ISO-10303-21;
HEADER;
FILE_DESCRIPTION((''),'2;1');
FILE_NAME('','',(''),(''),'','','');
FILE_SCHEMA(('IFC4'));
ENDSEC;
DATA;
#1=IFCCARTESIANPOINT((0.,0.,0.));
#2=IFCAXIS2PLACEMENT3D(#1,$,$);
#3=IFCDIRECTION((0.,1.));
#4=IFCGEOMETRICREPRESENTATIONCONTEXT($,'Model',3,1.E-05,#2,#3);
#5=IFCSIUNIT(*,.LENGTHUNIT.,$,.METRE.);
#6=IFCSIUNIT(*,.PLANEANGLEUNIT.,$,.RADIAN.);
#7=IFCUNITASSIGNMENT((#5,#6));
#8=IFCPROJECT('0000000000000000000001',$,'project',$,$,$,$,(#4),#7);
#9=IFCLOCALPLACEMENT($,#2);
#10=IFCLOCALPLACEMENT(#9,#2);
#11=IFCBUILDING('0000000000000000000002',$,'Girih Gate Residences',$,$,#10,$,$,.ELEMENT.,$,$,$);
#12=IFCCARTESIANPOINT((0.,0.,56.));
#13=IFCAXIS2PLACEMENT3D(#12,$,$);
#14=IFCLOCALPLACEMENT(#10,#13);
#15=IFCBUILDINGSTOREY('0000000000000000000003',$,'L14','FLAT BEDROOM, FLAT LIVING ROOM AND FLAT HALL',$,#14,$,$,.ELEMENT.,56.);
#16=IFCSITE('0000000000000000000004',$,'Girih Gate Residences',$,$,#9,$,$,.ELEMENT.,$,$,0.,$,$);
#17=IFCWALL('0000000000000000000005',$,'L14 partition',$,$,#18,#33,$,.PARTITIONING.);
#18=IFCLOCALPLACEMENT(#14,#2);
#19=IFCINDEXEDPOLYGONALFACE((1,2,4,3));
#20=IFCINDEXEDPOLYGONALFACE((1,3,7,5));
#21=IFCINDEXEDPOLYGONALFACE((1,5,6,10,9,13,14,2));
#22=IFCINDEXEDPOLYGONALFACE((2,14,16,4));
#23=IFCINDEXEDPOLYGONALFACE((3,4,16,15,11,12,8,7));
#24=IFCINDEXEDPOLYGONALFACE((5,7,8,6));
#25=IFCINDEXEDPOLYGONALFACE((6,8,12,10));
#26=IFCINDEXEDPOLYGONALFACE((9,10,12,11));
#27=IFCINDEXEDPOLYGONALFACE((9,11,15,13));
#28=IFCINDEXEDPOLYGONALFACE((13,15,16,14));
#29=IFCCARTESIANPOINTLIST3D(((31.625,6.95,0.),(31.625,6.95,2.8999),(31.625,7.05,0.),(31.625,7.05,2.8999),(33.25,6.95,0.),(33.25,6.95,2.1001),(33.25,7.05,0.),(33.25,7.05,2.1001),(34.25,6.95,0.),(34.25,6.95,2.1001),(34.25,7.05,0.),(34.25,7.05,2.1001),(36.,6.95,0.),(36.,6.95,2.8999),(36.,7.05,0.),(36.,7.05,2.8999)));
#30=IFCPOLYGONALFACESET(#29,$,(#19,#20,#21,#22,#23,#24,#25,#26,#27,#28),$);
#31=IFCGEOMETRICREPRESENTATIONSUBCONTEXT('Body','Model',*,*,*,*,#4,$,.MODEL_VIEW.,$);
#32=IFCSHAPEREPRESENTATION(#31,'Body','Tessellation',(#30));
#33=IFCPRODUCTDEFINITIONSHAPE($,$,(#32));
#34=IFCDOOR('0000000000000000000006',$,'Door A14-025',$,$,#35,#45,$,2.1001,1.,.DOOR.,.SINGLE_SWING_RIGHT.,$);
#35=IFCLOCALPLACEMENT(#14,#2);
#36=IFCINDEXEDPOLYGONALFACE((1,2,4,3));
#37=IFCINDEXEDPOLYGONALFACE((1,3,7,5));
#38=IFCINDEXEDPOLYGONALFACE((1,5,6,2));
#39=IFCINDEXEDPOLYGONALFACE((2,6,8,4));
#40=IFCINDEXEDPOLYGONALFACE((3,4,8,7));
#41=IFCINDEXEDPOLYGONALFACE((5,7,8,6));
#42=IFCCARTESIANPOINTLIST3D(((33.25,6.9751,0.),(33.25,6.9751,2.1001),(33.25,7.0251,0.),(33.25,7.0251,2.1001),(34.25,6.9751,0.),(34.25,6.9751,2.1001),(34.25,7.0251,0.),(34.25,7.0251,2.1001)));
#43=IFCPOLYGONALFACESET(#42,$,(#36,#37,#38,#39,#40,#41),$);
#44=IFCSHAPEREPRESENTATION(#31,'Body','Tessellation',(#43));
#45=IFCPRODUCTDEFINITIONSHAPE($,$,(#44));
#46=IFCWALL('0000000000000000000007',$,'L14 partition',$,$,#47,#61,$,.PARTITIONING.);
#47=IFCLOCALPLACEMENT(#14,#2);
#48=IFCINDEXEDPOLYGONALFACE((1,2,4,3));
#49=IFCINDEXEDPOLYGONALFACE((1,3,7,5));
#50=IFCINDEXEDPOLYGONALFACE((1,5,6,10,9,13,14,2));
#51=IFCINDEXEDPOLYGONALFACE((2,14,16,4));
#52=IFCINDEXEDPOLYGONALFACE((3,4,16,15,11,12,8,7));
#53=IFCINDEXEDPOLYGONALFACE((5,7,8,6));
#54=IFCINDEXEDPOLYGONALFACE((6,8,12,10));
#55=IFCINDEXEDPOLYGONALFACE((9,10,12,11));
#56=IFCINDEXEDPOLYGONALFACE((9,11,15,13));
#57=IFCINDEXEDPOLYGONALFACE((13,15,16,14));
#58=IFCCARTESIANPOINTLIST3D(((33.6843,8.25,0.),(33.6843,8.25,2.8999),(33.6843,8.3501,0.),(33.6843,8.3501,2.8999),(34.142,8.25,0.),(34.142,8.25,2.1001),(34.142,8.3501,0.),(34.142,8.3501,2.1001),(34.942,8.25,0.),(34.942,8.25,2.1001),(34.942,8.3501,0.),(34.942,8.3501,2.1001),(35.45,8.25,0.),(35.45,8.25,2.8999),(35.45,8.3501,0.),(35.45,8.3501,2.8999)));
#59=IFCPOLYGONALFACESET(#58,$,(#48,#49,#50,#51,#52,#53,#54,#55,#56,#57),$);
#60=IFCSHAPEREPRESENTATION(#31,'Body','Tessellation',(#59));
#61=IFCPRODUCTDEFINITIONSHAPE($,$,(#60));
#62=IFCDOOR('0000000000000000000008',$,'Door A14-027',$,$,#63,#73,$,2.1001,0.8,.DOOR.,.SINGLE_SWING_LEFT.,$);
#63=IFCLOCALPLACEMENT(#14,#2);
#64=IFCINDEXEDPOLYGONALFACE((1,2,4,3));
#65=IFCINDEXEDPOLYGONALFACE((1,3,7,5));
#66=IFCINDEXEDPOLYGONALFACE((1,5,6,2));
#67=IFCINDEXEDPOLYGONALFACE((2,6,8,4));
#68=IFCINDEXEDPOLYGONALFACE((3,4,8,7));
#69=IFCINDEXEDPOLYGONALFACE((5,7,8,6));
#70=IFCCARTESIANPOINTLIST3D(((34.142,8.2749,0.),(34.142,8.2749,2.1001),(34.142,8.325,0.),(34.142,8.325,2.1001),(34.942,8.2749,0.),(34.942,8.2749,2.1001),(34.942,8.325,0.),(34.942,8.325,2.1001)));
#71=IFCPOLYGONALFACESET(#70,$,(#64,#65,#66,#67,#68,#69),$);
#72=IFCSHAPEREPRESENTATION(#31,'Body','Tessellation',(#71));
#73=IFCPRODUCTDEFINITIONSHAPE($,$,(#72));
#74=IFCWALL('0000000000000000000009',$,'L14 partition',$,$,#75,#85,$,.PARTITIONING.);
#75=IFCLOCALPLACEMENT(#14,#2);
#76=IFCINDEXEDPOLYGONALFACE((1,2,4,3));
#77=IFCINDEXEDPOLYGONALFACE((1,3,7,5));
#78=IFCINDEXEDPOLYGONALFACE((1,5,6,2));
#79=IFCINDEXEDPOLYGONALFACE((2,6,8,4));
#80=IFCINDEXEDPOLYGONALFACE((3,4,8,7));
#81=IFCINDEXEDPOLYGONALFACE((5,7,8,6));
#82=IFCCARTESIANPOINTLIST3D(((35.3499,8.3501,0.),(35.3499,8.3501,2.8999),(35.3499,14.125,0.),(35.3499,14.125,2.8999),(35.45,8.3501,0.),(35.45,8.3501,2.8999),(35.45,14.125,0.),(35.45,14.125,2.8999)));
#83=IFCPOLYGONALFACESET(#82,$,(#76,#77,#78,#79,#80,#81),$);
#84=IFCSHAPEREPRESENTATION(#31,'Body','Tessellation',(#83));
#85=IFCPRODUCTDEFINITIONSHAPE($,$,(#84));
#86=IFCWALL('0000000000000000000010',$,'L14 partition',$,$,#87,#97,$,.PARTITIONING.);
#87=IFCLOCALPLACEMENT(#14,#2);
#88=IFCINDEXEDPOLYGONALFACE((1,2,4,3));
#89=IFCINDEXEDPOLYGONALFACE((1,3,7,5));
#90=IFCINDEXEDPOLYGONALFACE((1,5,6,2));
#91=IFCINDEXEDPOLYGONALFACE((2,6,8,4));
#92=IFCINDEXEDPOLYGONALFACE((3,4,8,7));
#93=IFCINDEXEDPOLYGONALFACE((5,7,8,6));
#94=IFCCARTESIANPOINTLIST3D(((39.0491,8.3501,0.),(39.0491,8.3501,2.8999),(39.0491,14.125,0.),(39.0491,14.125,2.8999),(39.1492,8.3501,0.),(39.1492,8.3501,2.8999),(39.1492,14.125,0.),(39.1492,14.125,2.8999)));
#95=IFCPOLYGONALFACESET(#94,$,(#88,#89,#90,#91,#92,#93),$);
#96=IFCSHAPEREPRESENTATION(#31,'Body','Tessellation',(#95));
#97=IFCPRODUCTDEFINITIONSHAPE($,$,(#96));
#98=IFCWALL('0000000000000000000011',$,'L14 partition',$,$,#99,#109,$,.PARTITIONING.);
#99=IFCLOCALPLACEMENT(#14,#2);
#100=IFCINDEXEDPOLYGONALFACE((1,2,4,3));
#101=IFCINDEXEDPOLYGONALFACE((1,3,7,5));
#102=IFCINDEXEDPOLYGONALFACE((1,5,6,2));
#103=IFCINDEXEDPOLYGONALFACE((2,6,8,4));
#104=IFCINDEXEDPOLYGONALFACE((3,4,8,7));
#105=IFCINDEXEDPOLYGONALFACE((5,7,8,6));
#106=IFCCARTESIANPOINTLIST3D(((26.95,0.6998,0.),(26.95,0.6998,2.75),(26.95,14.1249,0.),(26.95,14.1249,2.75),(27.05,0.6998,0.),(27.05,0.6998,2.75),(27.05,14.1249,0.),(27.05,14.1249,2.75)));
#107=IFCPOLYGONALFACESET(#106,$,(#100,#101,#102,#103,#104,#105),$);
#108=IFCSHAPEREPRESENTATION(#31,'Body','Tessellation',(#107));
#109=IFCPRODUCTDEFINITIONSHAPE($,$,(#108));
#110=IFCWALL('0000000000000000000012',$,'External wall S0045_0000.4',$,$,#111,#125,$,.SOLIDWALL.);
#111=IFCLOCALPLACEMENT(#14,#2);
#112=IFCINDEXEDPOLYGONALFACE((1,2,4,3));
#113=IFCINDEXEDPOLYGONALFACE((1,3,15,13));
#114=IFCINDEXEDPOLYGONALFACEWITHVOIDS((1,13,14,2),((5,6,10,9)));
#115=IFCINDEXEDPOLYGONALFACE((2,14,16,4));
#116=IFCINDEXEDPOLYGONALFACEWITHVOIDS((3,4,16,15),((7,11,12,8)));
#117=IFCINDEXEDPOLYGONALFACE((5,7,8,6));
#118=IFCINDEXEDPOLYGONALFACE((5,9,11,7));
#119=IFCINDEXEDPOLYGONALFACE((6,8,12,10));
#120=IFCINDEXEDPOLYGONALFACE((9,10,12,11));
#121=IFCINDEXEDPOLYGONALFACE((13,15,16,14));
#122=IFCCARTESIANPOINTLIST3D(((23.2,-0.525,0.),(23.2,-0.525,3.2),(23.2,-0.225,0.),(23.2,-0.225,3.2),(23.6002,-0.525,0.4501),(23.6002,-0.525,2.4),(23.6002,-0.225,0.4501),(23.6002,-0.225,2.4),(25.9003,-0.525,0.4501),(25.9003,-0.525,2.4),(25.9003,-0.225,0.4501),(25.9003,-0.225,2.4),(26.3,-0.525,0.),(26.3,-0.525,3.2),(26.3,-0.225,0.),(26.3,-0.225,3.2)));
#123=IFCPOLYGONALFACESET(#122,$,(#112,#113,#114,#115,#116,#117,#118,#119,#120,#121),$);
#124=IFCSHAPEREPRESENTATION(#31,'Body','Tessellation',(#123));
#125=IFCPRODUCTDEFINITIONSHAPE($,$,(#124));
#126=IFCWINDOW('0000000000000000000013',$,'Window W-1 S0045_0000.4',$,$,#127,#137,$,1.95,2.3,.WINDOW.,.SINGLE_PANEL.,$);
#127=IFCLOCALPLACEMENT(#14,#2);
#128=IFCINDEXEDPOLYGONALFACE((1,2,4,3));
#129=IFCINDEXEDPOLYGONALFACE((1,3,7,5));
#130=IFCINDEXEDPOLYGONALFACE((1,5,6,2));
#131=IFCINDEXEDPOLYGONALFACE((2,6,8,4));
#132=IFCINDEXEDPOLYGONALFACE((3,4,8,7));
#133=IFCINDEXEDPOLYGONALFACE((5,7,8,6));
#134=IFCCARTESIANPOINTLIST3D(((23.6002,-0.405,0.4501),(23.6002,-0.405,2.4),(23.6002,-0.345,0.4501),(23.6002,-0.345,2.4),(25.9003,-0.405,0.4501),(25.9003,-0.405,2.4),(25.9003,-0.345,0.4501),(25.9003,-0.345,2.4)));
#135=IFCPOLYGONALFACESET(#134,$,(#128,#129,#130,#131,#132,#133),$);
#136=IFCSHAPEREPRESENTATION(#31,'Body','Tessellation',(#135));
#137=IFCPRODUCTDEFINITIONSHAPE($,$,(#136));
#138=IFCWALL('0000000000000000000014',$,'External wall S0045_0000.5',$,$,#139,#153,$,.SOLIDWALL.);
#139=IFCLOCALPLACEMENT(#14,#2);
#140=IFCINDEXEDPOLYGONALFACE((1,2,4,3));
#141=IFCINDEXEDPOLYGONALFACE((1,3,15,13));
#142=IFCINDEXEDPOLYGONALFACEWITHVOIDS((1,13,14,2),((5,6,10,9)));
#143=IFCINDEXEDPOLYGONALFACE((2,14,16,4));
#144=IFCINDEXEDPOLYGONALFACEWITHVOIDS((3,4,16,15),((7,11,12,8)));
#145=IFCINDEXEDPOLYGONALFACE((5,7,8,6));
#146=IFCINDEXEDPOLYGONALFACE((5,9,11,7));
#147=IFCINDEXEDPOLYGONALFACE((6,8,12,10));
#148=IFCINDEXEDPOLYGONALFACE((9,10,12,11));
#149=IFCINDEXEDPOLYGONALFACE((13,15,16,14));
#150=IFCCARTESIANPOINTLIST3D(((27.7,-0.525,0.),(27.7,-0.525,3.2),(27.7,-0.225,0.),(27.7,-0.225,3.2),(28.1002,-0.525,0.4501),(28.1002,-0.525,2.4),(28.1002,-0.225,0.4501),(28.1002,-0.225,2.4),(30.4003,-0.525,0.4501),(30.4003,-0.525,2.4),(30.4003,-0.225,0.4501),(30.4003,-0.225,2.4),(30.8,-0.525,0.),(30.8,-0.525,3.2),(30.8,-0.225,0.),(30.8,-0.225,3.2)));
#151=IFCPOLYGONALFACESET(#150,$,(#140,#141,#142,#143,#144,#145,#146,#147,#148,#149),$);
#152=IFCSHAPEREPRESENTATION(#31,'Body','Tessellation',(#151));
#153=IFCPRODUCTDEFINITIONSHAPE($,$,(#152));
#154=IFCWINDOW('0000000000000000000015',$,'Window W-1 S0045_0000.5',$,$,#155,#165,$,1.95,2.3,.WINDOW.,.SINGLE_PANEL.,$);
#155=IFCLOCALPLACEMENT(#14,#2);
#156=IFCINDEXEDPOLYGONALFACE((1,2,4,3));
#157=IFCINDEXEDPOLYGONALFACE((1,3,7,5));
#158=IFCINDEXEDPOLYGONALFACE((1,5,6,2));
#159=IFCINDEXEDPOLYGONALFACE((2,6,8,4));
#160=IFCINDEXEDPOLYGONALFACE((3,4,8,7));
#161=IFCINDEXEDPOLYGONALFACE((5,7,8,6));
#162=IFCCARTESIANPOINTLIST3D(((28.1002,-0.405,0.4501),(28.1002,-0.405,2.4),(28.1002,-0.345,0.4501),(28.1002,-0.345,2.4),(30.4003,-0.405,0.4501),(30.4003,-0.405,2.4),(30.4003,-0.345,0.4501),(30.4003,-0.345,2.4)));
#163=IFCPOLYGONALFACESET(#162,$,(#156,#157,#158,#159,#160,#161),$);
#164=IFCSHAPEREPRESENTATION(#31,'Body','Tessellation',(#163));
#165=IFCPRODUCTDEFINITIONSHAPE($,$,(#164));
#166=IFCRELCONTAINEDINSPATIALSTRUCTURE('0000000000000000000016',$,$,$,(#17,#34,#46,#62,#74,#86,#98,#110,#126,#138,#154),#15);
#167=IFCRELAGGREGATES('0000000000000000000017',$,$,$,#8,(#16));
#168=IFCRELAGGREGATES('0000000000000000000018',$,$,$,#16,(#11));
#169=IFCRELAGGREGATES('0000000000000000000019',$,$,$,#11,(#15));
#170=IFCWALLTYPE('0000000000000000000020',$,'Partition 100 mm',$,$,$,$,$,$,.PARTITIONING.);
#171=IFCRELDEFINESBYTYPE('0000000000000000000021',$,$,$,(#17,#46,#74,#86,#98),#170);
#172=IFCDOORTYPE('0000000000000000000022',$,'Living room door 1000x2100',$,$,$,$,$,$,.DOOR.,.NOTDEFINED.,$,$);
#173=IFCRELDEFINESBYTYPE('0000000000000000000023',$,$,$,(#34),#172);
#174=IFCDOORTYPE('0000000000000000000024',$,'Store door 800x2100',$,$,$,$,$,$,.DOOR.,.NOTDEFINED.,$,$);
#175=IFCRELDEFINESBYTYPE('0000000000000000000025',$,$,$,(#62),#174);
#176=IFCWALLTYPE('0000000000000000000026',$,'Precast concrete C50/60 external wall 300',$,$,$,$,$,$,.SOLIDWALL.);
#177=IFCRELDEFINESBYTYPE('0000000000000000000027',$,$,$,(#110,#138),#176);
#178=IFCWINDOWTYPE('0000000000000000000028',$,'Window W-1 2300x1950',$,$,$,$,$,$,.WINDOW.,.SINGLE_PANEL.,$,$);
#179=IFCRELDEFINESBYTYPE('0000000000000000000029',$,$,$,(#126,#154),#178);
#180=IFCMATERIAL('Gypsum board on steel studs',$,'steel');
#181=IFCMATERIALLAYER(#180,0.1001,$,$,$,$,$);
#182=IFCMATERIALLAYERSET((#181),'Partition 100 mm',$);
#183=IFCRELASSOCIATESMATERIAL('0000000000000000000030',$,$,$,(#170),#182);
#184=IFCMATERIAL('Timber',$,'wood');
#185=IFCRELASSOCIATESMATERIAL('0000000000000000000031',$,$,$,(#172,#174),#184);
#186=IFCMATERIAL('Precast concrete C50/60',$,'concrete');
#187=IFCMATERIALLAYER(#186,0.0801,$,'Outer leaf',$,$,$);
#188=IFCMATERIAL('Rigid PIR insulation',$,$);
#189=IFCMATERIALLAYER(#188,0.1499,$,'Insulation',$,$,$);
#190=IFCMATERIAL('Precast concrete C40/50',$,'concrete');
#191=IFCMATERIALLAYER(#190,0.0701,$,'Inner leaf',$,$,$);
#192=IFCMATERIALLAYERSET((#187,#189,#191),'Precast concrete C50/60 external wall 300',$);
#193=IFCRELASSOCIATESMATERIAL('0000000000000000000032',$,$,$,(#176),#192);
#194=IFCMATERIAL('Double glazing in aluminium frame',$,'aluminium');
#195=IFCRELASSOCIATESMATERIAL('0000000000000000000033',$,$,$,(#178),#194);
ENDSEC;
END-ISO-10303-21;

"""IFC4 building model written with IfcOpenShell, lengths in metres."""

from ifc_helpers import new_model, si_unit, direction, frame, frame_2d, origin, place, context, subcontext, project, spatial, rectangle, extrude, material, layer, layer_set, type_object, element, fill, save


model = new_model("IFC4")

# Units and contexts
model_context = context("Model", 3, precision=1e-05, world=origin(), true_north=direction((0.0, 1.0)))
body_context = subcontext(model_context, "Body", "Model", "MODEL_VIEW")
ifc_project = project(units=[si_unit("LENGTHUNIT", "METRE"), si_unit("PLANEANGLEUNIT", "RADIAN")], contexts=[model_context])

# Site, building, storey
site_placement = place(None, origin())
site = spatial("IfcSite", under=ifc_project, at=site_placement, Name="Girih Gate Residences", CompositionType="ELEMENT", RefElevation=0.0)
building_placement = place(site_placement, origin())
building = spatial("IfcBuilding", under=site, at=building_placement, Name="Girih Gate Residences", CompositionType="ELEMENT")
storey_placement = place(building_placement, frame((0.0, 0.0, 56.0)))
storey = spatial("IfcBuildingStorey", under=building, at=storey_placement, Name="L14", Description="FLAT BEDROOM, FLAT LIVING ROOM AND FLAT HALL", CompositionType="ELEMENT", Elevation=56.0)

# Shared definitions
ifc_material_1 = material(Name="Gypsum board on steel studs", Category="steel")
ifc_layer_1 = layer(ifc_material_1, 0.1001)
ifc_layer_set_1 = layer_set([ifc_layer_1], Name="Partition 100 mm")
wall_type_1 = type_object("IfcWallType", Name="Partition 100 mm", PredefinedType="PARTITIONING", material=ifc_layer_set_1)

# Walls, openings, doors
ifc_material_2 = material(Name="Timber", Category="wood")
wall_1_placement = place(storey_placement, frame((36.0, 7.0, 0.0), z_axis=(0.0, 0.0, 1.0), x_axis=(-1.0, 0.0, 0.0)))
wall_1 = element("IfcWall", 1, at=wall_1_placement, inside=storey, type_object=wall_type_1, Name="L14 partition", PredefinedType="PARTITIONING", context=body_context, shape_type="SweptSolid", body=[
    extrude(rectangle(XDim=4.375, YDim=0.1001, at=frame_2d((2.1875, 0.0))), origin(), (0.0, 0.0, 1.0), 2.8999),
])
opening_1_placement = place(wall_1_placement, frame((1.75, 0.0, 0.0)))
opening_1 = element("IfcOpeningElement", 2, at=opening_1_placement, cuts=wall_1, PredefinedType="OPENING", context=body_context, shape_type="SweptSolid", body=[
    extrude(rectangle(XDim=1.0, YDim=2.1001, at=frame_2d((0.5, 1.05))), frame((0.0, 0.0601, 0.0), z_axis=(0.0, -1.0, 0.0), x_axis=(1.0, 0.0, 0.0)), (0.0, 0.0, 1.0), 0.1201),
])
door_type_1 = type_object("IfcDoorType", Name="Living room door 1000x2100", OperationType="NOTDEFINED", PredefinedType="DOOR", material=ifc_material_2)
door_1_placement = place(opening_1_placement, origin())
door_1 = element("IfcDoor", 3, at=door_1_placement, inside=storey, type_object=door_type_1, Name="Door A14-025", OperationType="SINGLE_SWING_RIGHT", OverallHeight=2.1001, OverallWidth=1.0, PredefinedType="DOOR", context=body_context, shape_type="SweptSolid", body=[
    extrude(rectangle(XDim=1.0, YDim=2.1001, at=frame_2d((0.5, 1.05))), frame((0.0, 0.0249, 0.0), z_axis=(0.0, -1.0, 0.0), x_axis=(1.0, 0.0, 0.0)), (0.0, 0.0, 1.0), 0.05),
])
fill(opening_1, door_1)
wall_2_placement = place(storey_placement, frame((33.6843, 8.3, 0.0), z_axis=(0.0, 0.0, 1.0), x_axis=(1.0, 0.0, 0.0)))
wall_2 = element("IfcWall", 4, at=wall_2_placement, inside=storey, type_object=wall_type_1, Name="L14 partition", PredefinedType="PARTITIONING", context=body_context, shape_type="SweptSolid", body=[
    extrude(rectangle(XDim=1.7656, YDim=0.1001, at=frame_2d((0.8828, 0.0))), origin(), (0.0, 0.0, 1.0), 2.8999),
])
opening_2_placement = place(wall_2_placement, frame((0.4578, 0.0, 0.0)))
opening_2 = element("IfcOpeningElement", 5, at=opening_2_placement, cuts=wall_2, PredefinedType="OPENING", context=body_context, shape_type="SweptSolid", body=[
    extrude(rectangle(XDim=0.8, YDim=2.1001, at=frame_2d((0.3999, 1.05))), frame((0.0, 0.0601, 0.0), z_axis=(0.0, -1.0, 0.0), x_axis=(1.0, 0.0, 0.0)), (0.0, 0.0, 1.0), 0.1201),
])
door_type_2 = type_object("IfcDoorType", Name="Store door 800x2100", OperationType="NOTDEFINED", PredefinedType="DOOR", material=ifc_material_2)
door_2_placement = place(opening_2_placement, origin())
door_2 = element("IfcDoor", 6, at=door_2_placement, inside=storey, type_object=door_type_2, Name="Door A14-027", OperationType="SINGLE_SWING_LEFT", OverallHeight=2.1001, OverallWidth=0.8, PredefinedType="DOOR", context=body_context, shape_type="SweptSolid", body=[
    extrude(rectangle(XDim=0.8, YDim=2.1001, at=frame_2d((0.3999, 1.05))), frame((0.0, 0.0249, 0.0), z_axis=(0.0, -1.0, 0.0), x_axis=(1.0, 0.0, 0.0)), (0.0, 0.0, 1.0), 0.05),
])
fill(opening_2, door_2)

# Walls
for number, where, z_axis, x_axis, name in (
    (7, (35.3999, 8.3501, 0.0), (0.0, 0.0, 1.0), (0.0, 1.0, 0.0), "L14 partition"),
    (8, (39.0991, 8.3501, 0.0), (0.0, 0.0, 1.0), (0.0, 1.0, 0.0), "L14 partition"),
):
    element("IfcWall", number, at=place(storey_placement, frame(where, z_axis=z_axis, x_axis=x_axis)), inside=storey, type_object=wall_type_1, Name=name, PredefinedType="PARTITIONING", context=body_context, shape_type="SweptSolid", body=[
        extrude(rectangle(XDim=5.7749, YDim=0.1001, at=frame_2d((2.8875, 0.0))), origin(), (0.0, 0.0, 1.0), 2.8999),
    ])
wall_3_placement = place(storey_placement, frame((27.0, 0.7, 0.0), z_axis=(0.0, 0.0, 1.0), x_axis=(0.0, 1.0, 0.0)))
element("IfcWall", 9, at=wall_3_placement, inside=storey, type_object=wall_type_1, Name="L14 partition", PredefinedType="PARTITIONING", context=body_context, shape_type="SweptSolid", body=[
    extrude(rectangle(XDim=13.425, YDim=0.1001, at=frame_2d((6.7124, 0.0))), origin(), (0.0, 0.0, 1.0), 2.75),
])

# Walls, openings, windows
ifc_material_3 = material(Name="Precast concrete C50/60", Category="concrete")
ifc_layer_2 = layer(ifc_material_3, 0.0801, Name="Outer leaf")
ifc_material_4 = material(Name="Rigid PIR insulation")
ifc_layer_3 = layer(ifc_material_4, 0.1499, Name="Insulation")
ifc_material_5 = material(Name="Precast concrete C40/50", Category="concrete")
ifc_layer_4 = layer(ifc_material_5, 0.0701, Name="Inner leaf")
ifc_layer_set_2 = layer_set([ifc_layer_2, ifc_layer_3, ifc_layer_4], Name="Precast concrete C50/60 external wall 300")
wall_type_2 = type_object("IfcWallType", Name="Precast concrete C50/60 external wall 300", PredefinedType="SOLIDWALL", material=ifc_layer_set_2)
wall_4_placement = place(storey_placement, frame((26.3, -0.375, 0.0), z_axis=(0.0, 0.0, 1.0), x_axis=(-1.0, 0.0, 0.0)))
wall_4 = element("IfcWall", 10, at=wall_4_placement, inside=storey, type_object=wall_type_2, Name="External wall S0045_0000.4", PredefinedType="SOLIDWALL", context=body_context, shape_type="SweptSolid", body=[
    extrude(rectangle(XDim=3.1001, YDim=0.3, at=frame_2d((1.55, 0.0))), origin(), (0.0, 0.0, 1.0), 3.2),
])
opening_3_placement = place(wall_4_placement, frame((0.3999, 0.0, 0.45)))
opening_3 = element("IfcOpeningElement", 11, at=opening_3_placement, cuts=wall_4, PredefinedType="OPENING", context=body_context, shape_type="SweptSolid", body=[
    extrude(rectangle(XDim=2.3, YDim=1.95, at=frame_2d((1.1499, 0.9751))), frame((0.0, 0.1599, 0.0), z_axis=(0.0, -1.0, 0.0), x_axis=(1.0, 0.0, 0.0)), (0.0, 0.0, 1.0), 0.3201),
])
ifc_material_6 = material(Name="Double glazing in aluminium frame", Category="aluminium")
window_type = type_object("IfcWindowType", Name="Window W-1 2300x1950", PartitioningType="SINGLE_PANEL", PredefinedType="WINDOW", material=ifc_material_6)
window_1_placement = place(opening_3_placement, origin())
window_1 = element("IfcWindow", 12, at=window_1_placement, inside=storey, type_object=window_type, Name="Window W-1 S0045_0000.4", OverallHeight=1.95, OverallWidth=2.3, PartitioningType="SINGLE_PANEL", PredefinedType="WINDOW", context=body_context, shape_type="SweptSolid", body=[
    extrude(rectangle(XDim=2.3, YDim=1.95, at=frame_2d((1.1499, 0.9751))), frame((0.0, 0.03, 0.0), z_axis=(0.0, -1.0, 0.0), x_axis=(1.0, 0.0, 0.0)), (0.0, 0.0, 1.0), 0.0601),
])
fill(opening_3, window_1)
wall_5_placement = place(storey_placement, frame((30.8, -0.375, 0.0), z_axis=(0.0, 0.0, 1.0), x_axis=(-1.0, 0.0, 0.0)))
wall_5 = element("IfcWall", 13, at=wall_5_placement, inside=storey, type_object=wall_type_2, Name="External wall S0045_0000.5", PredefinedType="SOLIDWALL", context=body_context, shape_type="SweptSolid", body=[
    extrude(rectangle(XDim=3.1001, YDim=0.3, at=frame_2d((1.55, 0.0))), origin(), (0.0, 0.0, 1.0), 3.2),
])
opening_4_placement = place(wall_5_placement, frame((0.3999, 0.0, 0.45)))
opening_4 = element("IfcOpeningElement", 14, at=opening_4_placement, cuts=wall_5, PredefinedType="OPENING", context=body_context, shape_type="SweptSolid", body=[
    extrude(rectangle(XDim=2.3, YDim=1.95, at=frame_2d((1.1499, 0.9751))), frame((0.0, 0.1599, 0.0), z_axis=(0.0, -1.0, 0.0), x_axis=(1.0, 0.0, 0.0)), (0.0, 0.0, 1.0), 0.3201),
])
window_2_placement = place(opening_4_placement, origin())
window_2 = element("IfcWindow", 15, at=window_2_placement, inside=storey, type_object=window_type, Name="Window W-1 S0045_0000.5", OverallHeight=1.95, OverallWidth=2.3, PartitioningType="SINGLE_PANEL", PredefinedType="WINDOW", context=body_context, shape_type="SweptSolid", body=[
    extrude(rectangle(XDim=2.3, YDim=1.95, at=frame_2d((1.1499, 0.9751))), frame((0.0, 0.03, 0.0), z_axis=(0.0, -1.0, 0.0), x_axis=(1.0, 0.0, 0.0)), (0.0, 0.0, 1.0), 0.0601),
])
fill(opening_4, window_2)

save(model, "model.ifc")
